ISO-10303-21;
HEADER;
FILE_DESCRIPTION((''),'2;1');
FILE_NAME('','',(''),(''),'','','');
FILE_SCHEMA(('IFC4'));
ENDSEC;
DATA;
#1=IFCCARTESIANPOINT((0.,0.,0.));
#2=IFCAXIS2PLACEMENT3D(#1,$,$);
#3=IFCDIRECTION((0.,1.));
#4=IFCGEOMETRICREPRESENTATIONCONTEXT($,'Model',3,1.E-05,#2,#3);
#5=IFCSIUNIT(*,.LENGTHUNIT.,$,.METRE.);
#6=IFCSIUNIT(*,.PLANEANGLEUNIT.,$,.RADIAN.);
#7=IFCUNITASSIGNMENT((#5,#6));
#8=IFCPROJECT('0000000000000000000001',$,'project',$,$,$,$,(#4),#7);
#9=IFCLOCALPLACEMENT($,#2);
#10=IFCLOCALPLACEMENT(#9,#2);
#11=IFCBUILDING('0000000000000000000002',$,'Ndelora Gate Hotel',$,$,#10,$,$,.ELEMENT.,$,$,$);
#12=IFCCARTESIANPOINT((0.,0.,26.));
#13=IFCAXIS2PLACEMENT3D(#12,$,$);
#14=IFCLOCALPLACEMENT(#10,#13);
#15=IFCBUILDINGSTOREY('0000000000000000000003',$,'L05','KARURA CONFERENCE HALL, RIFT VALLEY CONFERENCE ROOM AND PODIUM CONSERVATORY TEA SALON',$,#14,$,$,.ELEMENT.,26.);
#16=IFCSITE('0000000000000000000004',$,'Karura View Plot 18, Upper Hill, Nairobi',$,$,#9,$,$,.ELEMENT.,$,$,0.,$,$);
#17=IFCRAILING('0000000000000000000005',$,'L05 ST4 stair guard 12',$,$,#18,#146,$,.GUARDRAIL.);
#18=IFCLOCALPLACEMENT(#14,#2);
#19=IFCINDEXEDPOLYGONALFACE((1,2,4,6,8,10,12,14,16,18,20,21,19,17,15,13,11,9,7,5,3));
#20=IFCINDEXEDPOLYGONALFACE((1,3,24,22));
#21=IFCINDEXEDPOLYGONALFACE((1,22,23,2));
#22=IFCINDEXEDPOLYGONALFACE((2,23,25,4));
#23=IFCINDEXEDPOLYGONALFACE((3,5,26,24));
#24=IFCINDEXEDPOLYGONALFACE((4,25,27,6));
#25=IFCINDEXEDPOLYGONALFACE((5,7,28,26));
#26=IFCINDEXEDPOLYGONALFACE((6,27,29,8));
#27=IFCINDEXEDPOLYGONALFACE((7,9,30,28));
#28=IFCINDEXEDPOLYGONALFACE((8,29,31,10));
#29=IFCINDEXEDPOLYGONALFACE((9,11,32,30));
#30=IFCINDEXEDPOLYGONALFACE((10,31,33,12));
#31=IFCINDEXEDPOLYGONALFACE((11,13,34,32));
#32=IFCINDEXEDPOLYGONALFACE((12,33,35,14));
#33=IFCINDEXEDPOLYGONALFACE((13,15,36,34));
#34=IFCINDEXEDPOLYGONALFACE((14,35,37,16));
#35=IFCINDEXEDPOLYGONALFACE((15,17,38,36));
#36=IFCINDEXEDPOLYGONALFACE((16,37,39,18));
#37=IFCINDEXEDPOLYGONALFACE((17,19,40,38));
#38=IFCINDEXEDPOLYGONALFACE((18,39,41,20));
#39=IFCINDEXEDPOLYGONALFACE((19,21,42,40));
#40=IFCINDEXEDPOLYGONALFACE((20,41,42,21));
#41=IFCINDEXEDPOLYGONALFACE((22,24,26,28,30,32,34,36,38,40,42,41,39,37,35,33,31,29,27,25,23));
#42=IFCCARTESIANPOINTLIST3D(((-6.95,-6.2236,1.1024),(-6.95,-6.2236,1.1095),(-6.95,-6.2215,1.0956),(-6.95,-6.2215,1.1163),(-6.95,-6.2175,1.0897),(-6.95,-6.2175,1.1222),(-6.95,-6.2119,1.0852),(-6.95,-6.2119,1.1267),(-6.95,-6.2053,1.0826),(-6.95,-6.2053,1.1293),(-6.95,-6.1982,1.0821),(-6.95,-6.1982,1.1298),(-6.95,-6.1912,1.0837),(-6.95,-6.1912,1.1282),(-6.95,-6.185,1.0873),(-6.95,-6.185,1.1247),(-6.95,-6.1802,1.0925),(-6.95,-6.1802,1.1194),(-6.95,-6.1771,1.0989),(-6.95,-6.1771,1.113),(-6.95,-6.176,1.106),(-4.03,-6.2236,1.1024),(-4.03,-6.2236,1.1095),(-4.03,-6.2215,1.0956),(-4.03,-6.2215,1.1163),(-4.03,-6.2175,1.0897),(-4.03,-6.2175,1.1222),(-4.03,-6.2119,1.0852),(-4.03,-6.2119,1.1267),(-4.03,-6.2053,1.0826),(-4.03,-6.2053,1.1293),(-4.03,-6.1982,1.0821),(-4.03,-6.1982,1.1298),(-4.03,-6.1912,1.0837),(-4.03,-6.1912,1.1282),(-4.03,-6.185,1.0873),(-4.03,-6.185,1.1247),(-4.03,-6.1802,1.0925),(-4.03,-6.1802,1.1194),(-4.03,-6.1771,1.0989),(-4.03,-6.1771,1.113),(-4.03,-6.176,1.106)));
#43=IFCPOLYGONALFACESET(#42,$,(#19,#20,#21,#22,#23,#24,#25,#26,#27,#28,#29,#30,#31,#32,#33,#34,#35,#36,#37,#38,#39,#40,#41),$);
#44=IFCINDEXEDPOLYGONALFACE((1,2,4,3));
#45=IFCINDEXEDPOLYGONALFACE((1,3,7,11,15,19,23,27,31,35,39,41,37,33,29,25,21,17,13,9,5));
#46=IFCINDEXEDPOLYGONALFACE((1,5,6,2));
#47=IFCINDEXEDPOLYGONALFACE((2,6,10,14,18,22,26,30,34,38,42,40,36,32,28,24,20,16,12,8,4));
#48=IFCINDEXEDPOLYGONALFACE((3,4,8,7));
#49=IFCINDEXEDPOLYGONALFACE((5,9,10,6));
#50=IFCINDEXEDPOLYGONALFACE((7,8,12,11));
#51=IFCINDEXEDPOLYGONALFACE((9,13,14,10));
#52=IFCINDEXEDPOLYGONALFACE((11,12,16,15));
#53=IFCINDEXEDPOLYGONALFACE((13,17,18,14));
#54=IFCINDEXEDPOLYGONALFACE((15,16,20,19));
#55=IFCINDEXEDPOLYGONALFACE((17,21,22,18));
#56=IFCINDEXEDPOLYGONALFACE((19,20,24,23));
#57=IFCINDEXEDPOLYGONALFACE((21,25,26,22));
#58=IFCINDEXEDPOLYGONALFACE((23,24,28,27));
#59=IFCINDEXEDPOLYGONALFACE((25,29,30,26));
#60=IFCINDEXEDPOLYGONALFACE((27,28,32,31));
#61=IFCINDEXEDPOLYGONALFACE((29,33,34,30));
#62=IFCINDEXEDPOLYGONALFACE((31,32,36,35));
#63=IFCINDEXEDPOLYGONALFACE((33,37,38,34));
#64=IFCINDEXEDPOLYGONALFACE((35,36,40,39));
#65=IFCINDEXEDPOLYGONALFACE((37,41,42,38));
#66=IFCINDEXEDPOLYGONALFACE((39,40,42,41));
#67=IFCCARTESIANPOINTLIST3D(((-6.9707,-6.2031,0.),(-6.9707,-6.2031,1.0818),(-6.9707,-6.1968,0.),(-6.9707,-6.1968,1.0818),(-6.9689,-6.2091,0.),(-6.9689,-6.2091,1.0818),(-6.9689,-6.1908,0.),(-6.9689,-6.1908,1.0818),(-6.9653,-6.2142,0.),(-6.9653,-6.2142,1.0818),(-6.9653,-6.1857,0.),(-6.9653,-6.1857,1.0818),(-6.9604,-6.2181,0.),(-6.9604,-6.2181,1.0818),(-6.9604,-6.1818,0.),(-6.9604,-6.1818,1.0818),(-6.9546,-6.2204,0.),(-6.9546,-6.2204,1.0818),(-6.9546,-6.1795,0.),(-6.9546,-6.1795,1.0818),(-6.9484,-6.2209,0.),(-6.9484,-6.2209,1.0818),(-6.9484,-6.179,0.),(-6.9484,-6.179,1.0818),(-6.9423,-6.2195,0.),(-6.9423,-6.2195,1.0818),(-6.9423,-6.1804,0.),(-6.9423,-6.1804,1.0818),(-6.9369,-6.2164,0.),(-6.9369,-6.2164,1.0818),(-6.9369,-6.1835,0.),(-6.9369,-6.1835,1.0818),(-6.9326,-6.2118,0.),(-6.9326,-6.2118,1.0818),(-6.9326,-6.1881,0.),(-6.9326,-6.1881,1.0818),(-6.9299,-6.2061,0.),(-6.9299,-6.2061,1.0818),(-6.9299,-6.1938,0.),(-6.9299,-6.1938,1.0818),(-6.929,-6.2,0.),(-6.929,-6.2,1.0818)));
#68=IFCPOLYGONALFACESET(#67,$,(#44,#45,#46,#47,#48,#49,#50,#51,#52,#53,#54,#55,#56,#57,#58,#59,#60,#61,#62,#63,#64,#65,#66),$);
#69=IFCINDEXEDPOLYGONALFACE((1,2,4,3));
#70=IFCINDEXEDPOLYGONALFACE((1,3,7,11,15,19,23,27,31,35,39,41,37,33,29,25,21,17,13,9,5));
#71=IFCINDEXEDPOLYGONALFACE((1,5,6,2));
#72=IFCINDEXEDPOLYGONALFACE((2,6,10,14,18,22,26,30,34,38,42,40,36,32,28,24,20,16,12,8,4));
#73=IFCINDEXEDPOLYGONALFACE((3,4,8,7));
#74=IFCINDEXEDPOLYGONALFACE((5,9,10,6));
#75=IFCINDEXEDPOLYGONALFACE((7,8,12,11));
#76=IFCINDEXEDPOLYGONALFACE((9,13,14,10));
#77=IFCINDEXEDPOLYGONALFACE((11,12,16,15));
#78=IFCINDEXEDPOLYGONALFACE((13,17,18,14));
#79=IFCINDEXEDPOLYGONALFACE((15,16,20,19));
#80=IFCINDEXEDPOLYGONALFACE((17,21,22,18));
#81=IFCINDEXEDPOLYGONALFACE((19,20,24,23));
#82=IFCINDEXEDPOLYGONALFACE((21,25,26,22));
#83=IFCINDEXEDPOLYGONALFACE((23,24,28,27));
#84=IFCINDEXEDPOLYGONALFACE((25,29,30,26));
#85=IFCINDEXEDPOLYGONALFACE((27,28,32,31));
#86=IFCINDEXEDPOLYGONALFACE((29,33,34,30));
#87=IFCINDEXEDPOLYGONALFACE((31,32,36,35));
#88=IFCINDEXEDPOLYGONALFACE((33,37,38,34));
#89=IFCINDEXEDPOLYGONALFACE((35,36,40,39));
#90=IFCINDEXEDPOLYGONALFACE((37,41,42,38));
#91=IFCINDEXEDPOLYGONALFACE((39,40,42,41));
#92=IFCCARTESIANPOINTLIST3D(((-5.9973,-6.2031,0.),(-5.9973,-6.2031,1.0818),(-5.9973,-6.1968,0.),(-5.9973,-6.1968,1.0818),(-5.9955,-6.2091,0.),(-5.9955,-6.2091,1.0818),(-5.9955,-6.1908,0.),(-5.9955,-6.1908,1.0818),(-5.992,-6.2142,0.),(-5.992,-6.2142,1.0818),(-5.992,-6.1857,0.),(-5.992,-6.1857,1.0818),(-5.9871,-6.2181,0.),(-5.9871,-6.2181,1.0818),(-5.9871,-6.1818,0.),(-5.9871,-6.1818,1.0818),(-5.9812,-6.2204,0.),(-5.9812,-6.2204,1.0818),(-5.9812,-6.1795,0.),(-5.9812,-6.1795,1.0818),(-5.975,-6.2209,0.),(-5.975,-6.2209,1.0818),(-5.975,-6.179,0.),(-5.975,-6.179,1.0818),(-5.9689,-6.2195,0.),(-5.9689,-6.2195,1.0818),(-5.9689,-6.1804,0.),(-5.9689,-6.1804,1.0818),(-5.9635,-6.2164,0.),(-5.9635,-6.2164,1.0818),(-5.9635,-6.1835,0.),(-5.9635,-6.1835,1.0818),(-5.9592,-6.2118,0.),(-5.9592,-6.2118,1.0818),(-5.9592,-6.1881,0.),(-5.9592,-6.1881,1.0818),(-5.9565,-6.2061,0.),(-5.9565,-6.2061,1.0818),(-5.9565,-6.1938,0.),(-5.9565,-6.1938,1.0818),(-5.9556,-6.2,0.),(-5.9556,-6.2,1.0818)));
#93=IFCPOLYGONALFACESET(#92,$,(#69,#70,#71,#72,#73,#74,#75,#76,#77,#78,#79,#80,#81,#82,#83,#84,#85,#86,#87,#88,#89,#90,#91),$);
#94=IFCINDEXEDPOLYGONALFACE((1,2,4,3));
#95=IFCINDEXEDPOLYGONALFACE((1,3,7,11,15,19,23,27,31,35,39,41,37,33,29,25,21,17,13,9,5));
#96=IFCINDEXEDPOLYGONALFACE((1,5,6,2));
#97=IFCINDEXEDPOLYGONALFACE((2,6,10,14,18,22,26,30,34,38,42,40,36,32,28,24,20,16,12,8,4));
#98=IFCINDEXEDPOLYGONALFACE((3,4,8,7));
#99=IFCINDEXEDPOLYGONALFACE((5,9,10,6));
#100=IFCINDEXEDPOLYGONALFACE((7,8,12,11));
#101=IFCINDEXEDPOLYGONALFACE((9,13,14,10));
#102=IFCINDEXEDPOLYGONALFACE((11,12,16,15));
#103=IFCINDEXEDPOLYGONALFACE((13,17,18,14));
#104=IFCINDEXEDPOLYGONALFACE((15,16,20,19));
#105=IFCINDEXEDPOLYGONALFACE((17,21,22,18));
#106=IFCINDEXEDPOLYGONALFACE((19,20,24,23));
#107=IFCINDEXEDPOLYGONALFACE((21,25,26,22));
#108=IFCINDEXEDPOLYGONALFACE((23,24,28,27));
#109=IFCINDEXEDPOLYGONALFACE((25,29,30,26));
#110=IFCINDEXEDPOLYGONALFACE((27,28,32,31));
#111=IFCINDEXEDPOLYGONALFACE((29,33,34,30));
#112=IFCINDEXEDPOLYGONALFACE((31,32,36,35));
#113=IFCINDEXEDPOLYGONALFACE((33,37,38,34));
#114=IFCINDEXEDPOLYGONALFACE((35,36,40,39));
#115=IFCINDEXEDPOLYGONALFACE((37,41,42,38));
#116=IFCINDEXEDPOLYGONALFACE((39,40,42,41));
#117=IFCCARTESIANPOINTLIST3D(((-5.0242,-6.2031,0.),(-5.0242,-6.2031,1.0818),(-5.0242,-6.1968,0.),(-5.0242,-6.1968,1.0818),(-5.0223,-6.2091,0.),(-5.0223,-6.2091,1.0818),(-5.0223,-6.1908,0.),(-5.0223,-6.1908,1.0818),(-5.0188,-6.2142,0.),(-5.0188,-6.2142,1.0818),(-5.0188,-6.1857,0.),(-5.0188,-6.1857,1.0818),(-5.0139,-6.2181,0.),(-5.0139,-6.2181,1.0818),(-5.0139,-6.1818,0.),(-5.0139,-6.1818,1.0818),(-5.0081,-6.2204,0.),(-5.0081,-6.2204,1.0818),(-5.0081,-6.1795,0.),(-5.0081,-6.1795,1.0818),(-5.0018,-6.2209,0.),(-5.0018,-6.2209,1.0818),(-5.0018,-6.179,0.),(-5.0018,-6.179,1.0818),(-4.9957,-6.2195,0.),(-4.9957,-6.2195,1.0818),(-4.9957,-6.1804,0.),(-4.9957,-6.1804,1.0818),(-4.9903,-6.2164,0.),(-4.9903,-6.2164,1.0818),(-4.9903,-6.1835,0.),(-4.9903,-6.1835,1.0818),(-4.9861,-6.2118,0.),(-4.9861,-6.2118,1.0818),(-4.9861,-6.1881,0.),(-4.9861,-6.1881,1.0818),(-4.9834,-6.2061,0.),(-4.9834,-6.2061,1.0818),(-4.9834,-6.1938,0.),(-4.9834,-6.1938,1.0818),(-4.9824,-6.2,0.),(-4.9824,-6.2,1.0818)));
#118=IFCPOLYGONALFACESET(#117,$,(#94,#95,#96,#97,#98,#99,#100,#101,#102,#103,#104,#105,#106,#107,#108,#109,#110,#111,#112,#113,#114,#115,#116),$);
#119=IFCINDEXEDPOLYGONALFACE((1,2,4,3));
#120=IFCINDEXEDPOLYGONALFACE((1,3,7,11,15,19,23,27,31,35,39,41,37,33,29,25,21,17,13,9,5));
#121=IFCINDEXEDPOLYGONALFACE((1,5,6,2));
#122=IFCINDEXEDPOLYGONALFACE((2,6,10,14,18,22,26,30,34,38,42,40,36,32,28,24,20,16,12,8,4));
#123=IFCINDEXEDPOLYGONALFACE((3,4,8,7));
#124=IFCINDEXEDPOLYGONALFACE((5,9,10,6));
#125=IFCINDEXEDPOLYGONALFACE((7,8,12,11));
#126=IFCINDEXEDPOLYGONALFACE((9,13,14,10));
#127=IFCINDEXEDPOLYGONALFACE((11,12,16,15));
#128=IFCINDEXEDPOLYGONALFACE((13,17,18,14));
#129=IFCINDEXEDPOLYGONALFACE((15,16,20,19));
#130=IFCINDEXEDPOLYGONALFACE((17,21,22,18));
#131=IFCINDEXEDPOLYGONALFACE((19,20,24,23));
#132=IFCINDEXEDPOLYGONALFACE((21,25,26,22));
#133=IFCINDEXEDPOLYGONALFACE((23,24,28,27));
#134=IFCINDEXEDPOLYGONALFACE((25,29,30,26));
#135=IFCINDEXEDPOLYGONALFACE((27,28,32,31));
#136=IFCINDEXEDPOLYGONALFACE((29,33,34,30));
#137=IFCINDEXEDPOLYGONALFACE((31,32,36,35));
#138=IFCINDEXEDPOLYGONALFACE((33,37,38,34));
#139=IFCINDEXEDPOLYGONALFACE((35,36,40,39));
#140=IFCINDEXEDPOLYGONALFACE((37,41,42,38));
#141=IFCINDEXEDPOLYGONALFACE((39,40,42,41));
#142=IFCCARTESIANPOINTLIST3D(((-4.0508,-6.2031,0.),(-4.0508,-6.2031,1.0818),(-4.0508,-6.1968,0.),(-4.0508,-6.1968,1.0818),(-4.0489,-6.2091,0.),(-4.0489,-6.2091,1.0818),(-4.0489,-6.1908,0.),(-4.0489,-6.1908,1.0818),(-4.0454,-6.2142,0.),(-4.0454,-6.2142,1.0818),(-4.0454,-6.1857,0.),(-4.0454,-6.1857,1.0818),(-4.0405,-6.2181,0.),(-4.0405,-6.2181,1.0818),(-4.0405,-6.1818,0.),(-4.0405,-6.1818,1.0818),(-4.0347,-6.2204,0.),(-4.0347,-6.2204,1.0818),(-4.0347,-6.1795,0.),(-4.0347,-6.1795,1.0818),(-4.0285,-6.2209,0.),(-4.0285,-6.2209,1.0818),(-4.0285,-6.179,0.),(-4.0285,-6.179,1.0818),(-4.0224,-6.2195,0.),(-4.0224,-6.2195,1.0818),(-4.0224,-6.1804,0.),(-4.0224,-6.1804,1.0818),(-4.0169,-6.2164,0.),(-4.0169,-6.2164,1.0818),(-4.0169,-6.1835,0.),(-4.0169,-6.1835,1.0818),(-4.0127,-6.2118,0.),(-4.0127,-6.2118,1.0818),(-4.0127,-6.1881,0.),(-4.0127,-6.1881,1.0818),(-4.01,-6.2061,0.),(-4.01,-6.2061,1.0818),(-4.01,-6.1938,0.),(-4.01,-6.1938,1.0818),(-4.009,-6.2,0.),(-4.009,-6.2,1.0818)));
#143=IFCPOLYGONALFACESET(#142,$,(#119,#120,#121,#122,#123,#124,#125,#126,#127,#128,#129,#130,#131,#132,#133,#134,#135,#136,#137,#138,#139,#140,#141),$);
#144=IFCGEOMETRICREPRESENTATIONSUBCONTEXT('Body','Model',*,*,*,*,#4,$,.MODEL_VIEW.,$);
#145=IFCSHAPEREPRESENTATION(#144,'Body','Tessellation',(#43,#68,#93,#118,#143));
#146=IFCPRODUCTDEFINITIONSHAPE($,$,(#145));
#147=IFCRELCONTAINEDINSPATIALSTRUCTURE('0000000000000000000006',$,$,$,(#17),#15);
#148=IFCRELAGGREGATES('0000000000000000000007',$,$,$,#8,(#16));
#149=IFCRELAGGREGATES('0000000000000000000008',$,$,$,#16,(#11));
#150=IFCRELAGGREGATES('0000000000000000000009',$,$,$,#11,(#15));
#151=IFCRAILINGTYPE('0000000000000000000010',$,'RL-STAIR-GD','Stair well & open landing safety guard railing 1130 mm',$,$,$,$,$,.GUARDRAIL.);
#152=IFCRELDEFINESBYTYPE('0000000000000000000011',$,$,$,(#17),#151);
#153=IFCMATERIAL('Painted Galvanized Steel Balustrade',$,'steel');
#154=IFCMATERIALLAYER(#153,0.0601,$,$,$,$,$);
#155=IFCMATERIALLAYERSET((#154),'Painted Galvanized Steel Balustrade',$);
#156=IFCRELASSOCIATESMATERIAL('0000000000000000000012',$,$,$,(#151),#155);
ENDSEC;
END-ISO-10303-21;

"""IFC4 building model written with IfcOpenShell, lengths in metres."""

from ifc_helpers import new_model, si_unit, direction, frame, origin, origin_2d, place, context, subcontext, project, spatial, circle, extrude, material, layer, layer_set, type_object, element, save


model = new_model("IFC4")

# Units and contexts
model_context = context("Model", 3, precision=1e-05, world=origin(), true_north=direction((0.0, 1.0)))
body_context = subcontext(model_context, "Body", "Model", "MODEL_VIEW")
ifc_project = project(units=[si_unit("LENGTHUNIT", "METRE"), si_unit("PLANEANGLEUNIT", "RADIAN")], contexts=[model_context])

# Site, building, storey
site_placement = place(None, origin())
site = spatial("IfcSite", under=ifc_project, at=site_placement, Name="Karura View Plot 18, Upper Hill, Nairobi", CompositionType="ELEMENT", RefElevation=0.0)
building_placement = place(site_placement, origin())
building = spatial("IfcBuilding", under=site, at=building_placement, Name="Ndelora Gate Hotel", CompositionType="ELEMENT")
storey_placement = place(building_placement, frame((0.0, 0.0, 26.0)))
storey = spatial("IfcBuildingStorey", under=building, at=storey_placement, Name="L05", Description="KARURA CONFERENCE HALL, RIFT VALLEY CONFERENCE ROOM AND PODIUM CONSERVATORY TEA SALON", CompositionType="ELEMENT", Elevation=26.0)

# Railing
ifc_material_1 = material(Name="Painted Galvanized Steel Balustrade", Category="steel")
ifc_layer_1 = layer(ifc_material_1, 0.0601)
ifc_layer_set_1 = layer_set([ifc_layer_1], Name="Painted Galvanized Steel Balustrade")
railing_type = type_object("IfcRailingType", Name="RL-STAIR-GD", Description="Stair well & open landing safety guard railing 1130 mm", PredefinedType="GUARDRAIL", material=ifc_layer_set_1)
railing_1_placement = place(storey_placement, frame((-6.95, -6.2, 0.0)))
element("IfcRailing", 1, at=railing_1_placement, inside=storey, type_object=railing_type, Name="L05 ST4 stair guard 12", PredefinedType="GUARDRAIL", context=body_context, shape_type="SweptSolid", body=[
    extrude(circle(Radius=0.0239, at=origin_2d()), frame((0.0, 0.0, 1.106), z_axis=(1.0, 0.0, 0.0), x_axis=(0.0, 1.0, 0.0)), (0.0, 0.0, 1.0), 2.9199),
    extrude(circle(Radius=0.021, at=origin_2d()), origin(), (0.0, 0.0, 1.0), 1.0818),
    extrude(circle(Radius=0.021, at=origin_2d()), frame((0.9734, 0.0, 0.0)), (0.0, 0.0, 1.0), 1.0818),
    extrude(circle(Radius=0.021, at=origin_2d()), frame((1.9465, 0.0, 0.0)), (0.0, 0.0, 1.0), 1.0818),
    extrude(circle(Radius=0.021, at=origin_2d()), frame((2.9199, 0.0, 0.0)), (0.0, 0.0, 1.0), 1.0818),
])

save(model, "model.ifc")
